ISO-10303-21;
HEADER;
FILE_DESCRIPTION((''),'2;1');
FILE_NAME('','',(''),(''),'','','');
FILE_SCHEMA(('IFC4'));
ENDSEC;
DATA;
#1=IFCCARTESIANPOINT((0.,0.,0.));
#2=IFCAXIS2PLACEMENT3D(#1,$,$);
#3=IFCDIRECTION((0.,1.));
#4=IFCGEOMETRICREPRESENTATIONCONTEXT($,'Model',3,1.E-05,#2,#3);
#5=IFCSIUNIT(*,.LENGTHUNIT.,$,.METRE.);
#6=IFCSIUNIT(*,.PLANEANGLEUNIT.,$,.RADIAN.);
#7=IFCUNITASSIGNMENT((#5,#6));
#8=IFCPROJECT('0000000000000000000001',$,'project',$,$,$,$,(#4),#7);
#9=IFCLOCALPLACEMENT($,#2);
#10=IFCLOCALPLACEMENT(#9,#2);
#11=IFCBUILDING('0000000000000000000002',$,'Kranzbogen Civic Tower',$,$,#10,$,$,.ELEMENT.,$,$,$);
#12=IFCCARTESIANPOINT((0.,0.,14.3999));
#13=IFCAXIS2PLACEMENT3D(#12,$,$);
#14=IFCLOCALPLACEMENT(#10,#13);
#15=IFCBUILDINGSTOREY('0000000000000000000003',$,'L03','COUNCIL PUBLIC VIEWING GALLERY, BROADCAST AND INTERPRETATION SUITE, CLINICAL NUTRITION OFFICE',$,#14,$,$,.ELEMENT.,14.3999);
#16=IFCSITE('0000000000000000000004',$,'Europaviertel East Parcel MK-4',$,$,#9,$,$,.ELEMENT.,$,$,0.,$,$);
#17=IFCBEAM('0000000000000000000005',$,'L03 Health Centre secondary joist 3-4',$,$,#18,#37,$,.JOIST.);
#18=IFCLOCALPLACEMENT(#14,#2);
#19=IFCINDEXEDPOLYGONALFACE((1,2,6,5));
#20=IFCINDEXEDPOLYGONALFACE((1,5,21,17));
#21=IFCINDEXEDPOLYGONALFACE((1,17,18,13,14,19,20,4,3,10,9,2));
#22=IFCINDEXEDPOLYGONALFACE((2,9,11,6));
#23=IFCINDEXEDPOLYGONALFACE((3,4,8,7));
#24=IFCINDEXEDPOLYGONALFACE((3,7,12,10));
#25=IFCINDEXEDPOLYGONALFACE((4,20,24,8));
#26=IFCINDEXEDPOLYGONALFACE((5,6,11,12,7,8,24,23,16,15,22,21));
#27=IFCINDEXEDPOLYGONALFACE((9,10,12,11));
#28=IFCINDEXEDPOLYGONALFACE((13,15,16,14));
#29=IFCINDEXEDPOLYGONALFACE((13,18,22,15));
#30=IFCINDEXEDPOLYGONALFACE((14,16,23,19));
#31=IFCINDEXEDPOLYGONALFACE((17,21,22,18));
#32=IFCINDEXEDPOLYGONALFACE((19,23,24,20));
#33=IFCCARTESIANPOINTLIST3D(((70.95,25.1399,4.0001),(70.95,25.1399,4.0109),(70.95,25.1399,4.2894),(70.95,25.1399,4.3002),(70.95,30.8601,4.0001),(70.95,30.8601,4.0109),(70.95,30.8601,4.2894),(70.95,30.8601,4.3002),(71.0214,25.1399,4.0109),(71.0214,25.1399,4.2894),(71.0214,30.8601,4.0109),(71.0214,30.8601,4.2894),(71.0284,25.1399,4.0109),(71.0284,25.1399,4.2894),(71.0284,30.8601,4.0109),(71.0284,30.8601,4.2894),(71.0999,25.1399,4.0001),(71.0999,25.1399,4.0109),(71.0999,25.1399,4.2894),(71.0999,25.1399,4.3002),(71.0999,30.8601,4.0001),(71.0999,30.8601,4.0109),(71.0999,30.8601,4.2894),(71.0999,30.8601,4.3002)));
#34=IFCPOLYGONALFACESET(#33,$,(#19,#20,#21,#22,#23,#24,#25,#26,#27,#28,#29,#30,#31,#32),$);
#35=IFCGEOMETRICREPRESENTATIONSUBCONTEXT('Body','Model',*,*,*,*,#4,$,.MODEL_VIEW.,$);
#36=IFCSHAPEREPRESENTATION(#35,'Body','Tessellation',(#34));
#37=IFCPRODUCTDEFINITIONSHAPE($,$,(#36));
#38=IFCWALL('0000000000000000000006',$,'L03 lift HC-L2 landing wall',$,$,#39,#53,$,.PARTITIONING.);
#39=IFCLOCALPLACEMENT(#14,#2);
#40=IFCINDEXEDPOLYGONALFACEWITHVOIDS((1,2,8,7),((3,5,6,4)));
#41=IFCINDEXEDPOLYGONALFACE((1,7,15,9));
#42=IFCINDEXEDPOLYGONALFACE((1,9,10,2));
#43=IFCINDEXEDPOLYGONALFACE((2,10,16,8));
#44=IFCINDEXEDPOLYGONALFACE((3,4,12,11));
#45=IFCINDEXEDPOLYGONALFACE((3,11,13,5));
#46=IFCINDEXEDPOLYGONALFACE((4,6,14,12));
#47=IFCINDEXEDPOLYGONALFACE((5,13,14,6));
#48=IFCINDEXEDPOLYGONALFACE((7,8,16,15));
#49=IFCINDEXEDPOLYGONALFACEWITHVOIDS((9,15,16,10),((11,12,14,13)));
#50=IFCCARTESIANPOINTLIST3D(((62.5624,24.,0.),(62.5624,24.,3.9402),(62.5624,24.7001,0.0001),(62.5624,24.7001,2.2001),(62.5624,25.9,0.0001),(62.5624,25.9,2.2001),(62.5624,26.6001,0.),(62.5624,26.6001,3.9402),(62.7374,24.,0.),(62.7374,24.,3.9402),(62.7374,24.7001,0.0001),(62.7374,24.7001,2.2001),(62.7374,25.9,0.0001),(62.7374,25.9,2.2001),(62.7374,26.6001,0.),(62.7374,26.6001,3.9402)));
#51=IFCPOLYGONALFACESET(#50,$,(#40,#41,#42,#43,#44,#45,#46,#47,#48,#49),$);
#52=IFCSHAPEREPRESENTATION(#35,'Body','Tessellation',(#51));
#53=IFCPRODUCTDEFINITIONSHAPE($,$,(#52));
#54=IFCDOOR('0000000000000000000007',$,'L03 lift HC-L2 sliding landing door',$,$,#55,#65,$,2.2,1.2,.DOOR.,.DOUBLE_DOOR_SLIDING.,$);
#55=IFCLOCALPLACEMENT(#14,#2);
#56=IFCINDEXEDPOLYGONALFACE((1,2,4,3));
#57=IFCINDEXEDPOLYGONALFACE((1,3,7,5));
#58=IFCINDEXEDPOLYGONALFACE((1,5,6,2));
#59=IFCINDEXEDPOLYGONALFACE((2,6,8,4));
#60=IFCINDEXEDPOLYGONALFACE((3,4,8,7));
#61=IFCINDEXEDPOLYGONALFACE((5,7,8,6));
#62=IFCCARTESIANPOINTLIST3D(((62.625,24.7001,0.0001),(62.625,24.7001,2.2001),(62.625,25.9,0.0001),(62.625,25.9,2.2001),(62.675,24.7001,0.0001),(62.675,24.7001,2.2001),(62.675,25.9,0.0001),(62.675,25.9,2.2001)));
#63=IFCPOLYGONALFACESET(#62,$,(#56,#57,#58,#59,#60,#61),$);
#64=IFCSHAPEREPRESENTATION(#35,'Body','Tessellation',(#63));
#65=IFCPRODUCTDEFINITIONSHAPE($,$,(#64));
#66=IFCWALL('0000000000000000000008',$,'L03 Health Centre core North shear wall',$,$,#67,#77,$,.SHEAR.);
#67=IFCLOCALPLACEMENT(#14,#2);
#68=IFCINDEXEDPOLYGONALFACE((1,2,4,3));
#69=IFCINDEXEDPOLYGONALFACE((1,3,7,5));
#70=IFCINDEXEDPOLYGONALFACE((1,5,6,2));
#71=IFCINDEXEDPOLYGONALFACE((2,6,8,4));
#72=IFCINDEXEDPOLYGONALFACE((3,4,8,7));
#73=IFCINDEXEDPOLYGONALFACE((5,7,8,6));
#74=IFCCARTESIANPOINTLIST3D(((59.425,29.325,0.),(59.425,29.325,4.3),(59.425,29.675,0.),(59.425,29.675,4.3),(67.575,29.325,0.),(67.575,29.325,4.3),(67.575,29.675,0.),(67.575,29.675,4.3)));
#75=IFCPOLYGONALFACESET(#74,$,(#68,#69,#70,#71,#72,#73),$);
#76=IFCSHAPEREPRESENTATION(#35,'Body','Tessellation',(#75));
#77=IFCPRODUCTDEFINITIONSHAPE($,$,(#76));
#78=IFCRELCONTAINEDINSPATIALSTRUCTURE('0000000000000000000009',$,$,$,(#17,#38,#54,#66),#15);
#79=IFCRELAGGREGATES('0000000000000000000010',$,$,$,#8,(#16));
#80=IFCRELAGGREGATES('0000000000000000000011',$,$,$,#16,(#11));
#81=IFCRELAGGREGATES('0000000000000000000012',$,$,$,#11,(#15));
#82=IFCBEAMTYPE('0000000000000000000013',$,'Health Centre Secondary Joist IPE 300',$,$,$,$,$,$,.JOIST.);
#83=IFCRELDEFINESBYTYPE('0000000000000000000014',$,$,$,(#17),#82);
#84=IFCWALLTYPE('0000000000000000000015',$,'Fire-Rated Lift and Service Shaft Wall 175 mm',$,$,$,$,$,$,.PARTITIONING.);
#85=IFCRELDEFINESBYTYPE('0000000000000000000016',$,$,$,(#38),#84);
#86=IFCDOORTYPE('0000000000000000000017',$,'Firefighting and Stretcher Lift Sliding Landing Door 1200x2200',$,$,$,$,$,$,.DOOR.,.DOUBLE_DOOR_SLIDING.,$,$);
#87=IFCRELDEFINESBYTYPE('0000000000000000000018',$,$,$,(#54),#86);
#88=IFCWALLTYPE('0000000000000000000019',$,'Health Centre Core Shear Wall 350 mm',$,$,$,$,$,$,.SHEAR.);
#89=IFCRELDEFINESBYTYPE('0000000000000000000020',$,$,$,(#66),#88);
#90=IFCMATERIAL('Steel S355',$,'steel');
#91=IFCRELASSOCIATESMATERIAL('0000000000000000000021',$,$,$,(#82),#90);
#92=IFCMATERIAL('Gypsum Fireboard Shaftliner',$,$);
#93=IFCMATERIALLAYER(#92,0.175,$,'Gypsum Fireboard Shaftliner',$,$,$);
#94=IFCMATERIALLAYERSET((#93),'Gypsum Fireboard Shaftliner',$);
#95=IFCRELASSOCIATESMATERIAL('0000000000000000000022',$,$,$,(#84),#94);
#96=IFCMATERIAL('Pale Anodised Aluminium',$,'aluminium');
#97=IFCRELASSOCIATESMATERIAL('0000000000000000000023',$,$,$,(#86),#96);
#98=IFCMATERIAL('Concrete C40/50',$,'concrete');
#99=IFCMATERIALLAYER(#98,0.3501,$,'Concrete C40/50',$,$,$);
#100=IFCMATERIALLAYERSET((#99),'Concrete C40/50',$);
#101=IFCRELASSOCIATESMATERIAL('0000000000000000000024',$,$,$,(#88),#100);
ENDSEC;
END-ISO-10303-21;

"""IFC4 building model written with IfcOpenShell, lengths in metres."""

from ifc_helpers import new_model, si_unit, direction, frame, frame_2d, origin, origin_2d, place, context, subcontext, project, spatial, rectangle, i_section, extrude, material, layer, layer_set, material_profile, profile_set, type_object, element, fill, save


model = new_model("IFC4")

# Units and contexts
model_context = context("Model", 3, precision=1e-05, world=origin(), true_north=direction((0.0, 1.0)))
body_context = subcontext(model_context, "Body", "Model", "MODEL_VIEW")
ifc_project = project(units=[si_unit("LENGTHUNIT", "METRE"), si_unit("PLANEANGLEUNIT", "RADIAN")], contexts=[model_context])

# Site, building, storey
site_placement = place(None, origin())
site = spatial("IfcSite", under=ifc_project, at=site_placement, Name="Europaviertel East Parcel MK-4", CompositionType="ELEMENT", RefElevation=0.0)
building_placement = place(site_placement, origin())
building = spatial("IfcBuilding", under=site, at=building_placement, Name="Kranzbogen Civic Tower", CompositionType="ELEMENT")
storey_placement = place(building_placement, frame((0.0, 0.0, 14.3999)))
storey = spatial("IfcBuildingStorey", under=building, at=storey_placement, Name="L03", Description="COUNCIL PUBLIC VIEWING GALLERY, BROADCAST AND INTERPRETATION SUITE, CLINICAL NUTRITION OFFICE", CompositionType="ELEMENT", Elevation=14.3999)

# Shared definitions
ifc_material_1 = material(Name="Steel S355", Category="steel")
ifc_material_2 = material(Name="Concrete C40/50", Category="concrete")

# Beam
ifc_material_profile_1 = material_profile(ifc_material_1, i_section(OverallWidth=0.1499, OverallDepth=0.3, WebThickness=0.0071, FlangeThickness=0.0107, at=origin_2d()), Name="IPE 300")
ifc_profile_set_1 = profile_set([ifc_material_profile_1], Name="Steel S355")
beam_type_1 = type_object("IfcBeamType", Name="Health Centre Secondary Joist IPE 300", PredefinedType="JOIST", material=ifc_profile_set_1)
beam_placement = place(storey_placement, frame((71.0249, 25.1399, 4.1501), z_axis=(0.0, 1.0, 0.0), x_axis=(-1.0, 0.0, 0.0)))
element("IfcBeam", 1, at=beam_placement, inside=storey, type_object=beam_type_1, Name="L03 Health Centre secondary joist 3-4", PredefinedType="JOIST", context=body_context, shape_type="SweptSolid", body=[
    extrude(i_section(OverallWidth=0.1499, OverallDepth=0.3, WebThickness=0.0071, FlangeThickness=0.0107, at=origin_2d()), origin(), (0.0, 0.0, 1.0), 5.7202),
])

# Wall, opening, door
ifc_material_3 = material(Name="Gypsum Fireboard Shaftliner")
ifc_layer_1 = layer(ifc_material_3, 0.175, Name="Gypsum Fireboard Shaftliner")
ifc_layer_set_1 = layer_set([ifc_layer_1], Name="Gypsum Fireboard Shaftliner")
wall_type_1 = type_object("IfcWallType", Name="Fire-Rated Lift and Service Shaft Wall 175 mm", PredefinedType="PARTITIONING", material=ifc_layer_set_1)
wall_1_placement = place(storey_placement, frame((62.6499, 24.0, 0.0), z_axis=(0.0, 0.0, 1.0), x_axis=(0.0, 1.0, 0.0)))
wall_1 = element("IfcWall", 2, at=wall_1_placement, inside=storey, type_object=wall_type_1, Name="L03 lift HC-L2 landing wall", PredefinedType="PARTITIONING", context=body_context, shape_type="SweptSolid", body=[
    extrude(rectangle(XDim=2.6001, YDim=0.175, at=frame_2d((1.3, 0.0))), origin(), (0.0, 0.0, 1.0), 3.9402),
])
opening_placement = place(wall_1_placement, frame((0.7, 0.0, 0.0)))
opening = element("IfcOpeningElement", 3, at=opening_placement, cuts=wall_1, PredefinedType="OPENING", context=body_context, shape_type="SweptSolid", body=[
    extrude(rectangle(XDim=1.2, YDim=2.2, at=frame_2d((0.6001, 1.1001))), frame((0.0, 0.0977, 0.0), z_axis=(0.0, -1.0, 0.0), x_axis=(1.0, 0.0, 0.0)), (0.0, 0.0, 1.0), 0.1951),
])
ifc_material_4 = material(Name="Pale Anodised Aluminium", Category="aluminium")
door_type = type_object("IfcDoorType", Name="Firefighting and Stretcher Lift Sliding Landing Door 1200x2200", OperationType="DOUBLE_DOOR_SLIDING", PredefinedType="DOOR", material=ifc_material_4)
door_placement = place(opening_placement, origin())
door = element("IfcDoor", 4, at=door_placement, inside=storey, type_object=door_type, Name="L03 lift HC-L2 sliding landing door", OperationType="DOUBLE_DOOR_SLIDING", OverallHeight=2.2, OverallWidth=1.2, PredefinedType="DOOR", context=body_context, shape_type="SweptSolid", body=[
    extrude(rectangle(XDim=1.2, YDim=2.2, at=frame_2d((0.6001, 1.1001))), frame((0.0, 0.0249, 0.0), z_axis=(0.0, -1.0, 0.0), x_axis=(1.0, 0.0, 0.0)), (0.0, 0.0, 1.0), 0.05),
])
fill(opening, door)

# Wall
ifc_layer_2 = layer(ifc_material_2, 0.3501, Name="Concrete C40/50")
ifc_layer_set_2 = layer_set([ifc_layer_2], Name="Concrete C40/50")
wall_type_2 = type_object("IfcWallType", Name="Health Centre Core Shear Wall 350 mm", PredefinedType="SHEAR", material=ifc_layer_set_2)
wall_2_placement = place(storey_placement, frame((67.575, 29.5, 0.0), z_axis=(0.0, 0.0, 1.0), x_axis=(-1.0, 0.0, 0.0)))
element("IfcWall", 5, at=wall_2_placement, inside=storey, type_object=wall_type_2, Name="L03 Health Centre core North shear wall", PredefinedType="SHEAR", context=body_context, shape_type="SweptSolid", body=[
    extrude(rectangle(XDim=8.1499, YDim=0.3501, at=frame_2d((4.075, 0.0))), origin(), (0.0, 0.0, 1.0), 4.3),
])

save(model, "model.ifc")
